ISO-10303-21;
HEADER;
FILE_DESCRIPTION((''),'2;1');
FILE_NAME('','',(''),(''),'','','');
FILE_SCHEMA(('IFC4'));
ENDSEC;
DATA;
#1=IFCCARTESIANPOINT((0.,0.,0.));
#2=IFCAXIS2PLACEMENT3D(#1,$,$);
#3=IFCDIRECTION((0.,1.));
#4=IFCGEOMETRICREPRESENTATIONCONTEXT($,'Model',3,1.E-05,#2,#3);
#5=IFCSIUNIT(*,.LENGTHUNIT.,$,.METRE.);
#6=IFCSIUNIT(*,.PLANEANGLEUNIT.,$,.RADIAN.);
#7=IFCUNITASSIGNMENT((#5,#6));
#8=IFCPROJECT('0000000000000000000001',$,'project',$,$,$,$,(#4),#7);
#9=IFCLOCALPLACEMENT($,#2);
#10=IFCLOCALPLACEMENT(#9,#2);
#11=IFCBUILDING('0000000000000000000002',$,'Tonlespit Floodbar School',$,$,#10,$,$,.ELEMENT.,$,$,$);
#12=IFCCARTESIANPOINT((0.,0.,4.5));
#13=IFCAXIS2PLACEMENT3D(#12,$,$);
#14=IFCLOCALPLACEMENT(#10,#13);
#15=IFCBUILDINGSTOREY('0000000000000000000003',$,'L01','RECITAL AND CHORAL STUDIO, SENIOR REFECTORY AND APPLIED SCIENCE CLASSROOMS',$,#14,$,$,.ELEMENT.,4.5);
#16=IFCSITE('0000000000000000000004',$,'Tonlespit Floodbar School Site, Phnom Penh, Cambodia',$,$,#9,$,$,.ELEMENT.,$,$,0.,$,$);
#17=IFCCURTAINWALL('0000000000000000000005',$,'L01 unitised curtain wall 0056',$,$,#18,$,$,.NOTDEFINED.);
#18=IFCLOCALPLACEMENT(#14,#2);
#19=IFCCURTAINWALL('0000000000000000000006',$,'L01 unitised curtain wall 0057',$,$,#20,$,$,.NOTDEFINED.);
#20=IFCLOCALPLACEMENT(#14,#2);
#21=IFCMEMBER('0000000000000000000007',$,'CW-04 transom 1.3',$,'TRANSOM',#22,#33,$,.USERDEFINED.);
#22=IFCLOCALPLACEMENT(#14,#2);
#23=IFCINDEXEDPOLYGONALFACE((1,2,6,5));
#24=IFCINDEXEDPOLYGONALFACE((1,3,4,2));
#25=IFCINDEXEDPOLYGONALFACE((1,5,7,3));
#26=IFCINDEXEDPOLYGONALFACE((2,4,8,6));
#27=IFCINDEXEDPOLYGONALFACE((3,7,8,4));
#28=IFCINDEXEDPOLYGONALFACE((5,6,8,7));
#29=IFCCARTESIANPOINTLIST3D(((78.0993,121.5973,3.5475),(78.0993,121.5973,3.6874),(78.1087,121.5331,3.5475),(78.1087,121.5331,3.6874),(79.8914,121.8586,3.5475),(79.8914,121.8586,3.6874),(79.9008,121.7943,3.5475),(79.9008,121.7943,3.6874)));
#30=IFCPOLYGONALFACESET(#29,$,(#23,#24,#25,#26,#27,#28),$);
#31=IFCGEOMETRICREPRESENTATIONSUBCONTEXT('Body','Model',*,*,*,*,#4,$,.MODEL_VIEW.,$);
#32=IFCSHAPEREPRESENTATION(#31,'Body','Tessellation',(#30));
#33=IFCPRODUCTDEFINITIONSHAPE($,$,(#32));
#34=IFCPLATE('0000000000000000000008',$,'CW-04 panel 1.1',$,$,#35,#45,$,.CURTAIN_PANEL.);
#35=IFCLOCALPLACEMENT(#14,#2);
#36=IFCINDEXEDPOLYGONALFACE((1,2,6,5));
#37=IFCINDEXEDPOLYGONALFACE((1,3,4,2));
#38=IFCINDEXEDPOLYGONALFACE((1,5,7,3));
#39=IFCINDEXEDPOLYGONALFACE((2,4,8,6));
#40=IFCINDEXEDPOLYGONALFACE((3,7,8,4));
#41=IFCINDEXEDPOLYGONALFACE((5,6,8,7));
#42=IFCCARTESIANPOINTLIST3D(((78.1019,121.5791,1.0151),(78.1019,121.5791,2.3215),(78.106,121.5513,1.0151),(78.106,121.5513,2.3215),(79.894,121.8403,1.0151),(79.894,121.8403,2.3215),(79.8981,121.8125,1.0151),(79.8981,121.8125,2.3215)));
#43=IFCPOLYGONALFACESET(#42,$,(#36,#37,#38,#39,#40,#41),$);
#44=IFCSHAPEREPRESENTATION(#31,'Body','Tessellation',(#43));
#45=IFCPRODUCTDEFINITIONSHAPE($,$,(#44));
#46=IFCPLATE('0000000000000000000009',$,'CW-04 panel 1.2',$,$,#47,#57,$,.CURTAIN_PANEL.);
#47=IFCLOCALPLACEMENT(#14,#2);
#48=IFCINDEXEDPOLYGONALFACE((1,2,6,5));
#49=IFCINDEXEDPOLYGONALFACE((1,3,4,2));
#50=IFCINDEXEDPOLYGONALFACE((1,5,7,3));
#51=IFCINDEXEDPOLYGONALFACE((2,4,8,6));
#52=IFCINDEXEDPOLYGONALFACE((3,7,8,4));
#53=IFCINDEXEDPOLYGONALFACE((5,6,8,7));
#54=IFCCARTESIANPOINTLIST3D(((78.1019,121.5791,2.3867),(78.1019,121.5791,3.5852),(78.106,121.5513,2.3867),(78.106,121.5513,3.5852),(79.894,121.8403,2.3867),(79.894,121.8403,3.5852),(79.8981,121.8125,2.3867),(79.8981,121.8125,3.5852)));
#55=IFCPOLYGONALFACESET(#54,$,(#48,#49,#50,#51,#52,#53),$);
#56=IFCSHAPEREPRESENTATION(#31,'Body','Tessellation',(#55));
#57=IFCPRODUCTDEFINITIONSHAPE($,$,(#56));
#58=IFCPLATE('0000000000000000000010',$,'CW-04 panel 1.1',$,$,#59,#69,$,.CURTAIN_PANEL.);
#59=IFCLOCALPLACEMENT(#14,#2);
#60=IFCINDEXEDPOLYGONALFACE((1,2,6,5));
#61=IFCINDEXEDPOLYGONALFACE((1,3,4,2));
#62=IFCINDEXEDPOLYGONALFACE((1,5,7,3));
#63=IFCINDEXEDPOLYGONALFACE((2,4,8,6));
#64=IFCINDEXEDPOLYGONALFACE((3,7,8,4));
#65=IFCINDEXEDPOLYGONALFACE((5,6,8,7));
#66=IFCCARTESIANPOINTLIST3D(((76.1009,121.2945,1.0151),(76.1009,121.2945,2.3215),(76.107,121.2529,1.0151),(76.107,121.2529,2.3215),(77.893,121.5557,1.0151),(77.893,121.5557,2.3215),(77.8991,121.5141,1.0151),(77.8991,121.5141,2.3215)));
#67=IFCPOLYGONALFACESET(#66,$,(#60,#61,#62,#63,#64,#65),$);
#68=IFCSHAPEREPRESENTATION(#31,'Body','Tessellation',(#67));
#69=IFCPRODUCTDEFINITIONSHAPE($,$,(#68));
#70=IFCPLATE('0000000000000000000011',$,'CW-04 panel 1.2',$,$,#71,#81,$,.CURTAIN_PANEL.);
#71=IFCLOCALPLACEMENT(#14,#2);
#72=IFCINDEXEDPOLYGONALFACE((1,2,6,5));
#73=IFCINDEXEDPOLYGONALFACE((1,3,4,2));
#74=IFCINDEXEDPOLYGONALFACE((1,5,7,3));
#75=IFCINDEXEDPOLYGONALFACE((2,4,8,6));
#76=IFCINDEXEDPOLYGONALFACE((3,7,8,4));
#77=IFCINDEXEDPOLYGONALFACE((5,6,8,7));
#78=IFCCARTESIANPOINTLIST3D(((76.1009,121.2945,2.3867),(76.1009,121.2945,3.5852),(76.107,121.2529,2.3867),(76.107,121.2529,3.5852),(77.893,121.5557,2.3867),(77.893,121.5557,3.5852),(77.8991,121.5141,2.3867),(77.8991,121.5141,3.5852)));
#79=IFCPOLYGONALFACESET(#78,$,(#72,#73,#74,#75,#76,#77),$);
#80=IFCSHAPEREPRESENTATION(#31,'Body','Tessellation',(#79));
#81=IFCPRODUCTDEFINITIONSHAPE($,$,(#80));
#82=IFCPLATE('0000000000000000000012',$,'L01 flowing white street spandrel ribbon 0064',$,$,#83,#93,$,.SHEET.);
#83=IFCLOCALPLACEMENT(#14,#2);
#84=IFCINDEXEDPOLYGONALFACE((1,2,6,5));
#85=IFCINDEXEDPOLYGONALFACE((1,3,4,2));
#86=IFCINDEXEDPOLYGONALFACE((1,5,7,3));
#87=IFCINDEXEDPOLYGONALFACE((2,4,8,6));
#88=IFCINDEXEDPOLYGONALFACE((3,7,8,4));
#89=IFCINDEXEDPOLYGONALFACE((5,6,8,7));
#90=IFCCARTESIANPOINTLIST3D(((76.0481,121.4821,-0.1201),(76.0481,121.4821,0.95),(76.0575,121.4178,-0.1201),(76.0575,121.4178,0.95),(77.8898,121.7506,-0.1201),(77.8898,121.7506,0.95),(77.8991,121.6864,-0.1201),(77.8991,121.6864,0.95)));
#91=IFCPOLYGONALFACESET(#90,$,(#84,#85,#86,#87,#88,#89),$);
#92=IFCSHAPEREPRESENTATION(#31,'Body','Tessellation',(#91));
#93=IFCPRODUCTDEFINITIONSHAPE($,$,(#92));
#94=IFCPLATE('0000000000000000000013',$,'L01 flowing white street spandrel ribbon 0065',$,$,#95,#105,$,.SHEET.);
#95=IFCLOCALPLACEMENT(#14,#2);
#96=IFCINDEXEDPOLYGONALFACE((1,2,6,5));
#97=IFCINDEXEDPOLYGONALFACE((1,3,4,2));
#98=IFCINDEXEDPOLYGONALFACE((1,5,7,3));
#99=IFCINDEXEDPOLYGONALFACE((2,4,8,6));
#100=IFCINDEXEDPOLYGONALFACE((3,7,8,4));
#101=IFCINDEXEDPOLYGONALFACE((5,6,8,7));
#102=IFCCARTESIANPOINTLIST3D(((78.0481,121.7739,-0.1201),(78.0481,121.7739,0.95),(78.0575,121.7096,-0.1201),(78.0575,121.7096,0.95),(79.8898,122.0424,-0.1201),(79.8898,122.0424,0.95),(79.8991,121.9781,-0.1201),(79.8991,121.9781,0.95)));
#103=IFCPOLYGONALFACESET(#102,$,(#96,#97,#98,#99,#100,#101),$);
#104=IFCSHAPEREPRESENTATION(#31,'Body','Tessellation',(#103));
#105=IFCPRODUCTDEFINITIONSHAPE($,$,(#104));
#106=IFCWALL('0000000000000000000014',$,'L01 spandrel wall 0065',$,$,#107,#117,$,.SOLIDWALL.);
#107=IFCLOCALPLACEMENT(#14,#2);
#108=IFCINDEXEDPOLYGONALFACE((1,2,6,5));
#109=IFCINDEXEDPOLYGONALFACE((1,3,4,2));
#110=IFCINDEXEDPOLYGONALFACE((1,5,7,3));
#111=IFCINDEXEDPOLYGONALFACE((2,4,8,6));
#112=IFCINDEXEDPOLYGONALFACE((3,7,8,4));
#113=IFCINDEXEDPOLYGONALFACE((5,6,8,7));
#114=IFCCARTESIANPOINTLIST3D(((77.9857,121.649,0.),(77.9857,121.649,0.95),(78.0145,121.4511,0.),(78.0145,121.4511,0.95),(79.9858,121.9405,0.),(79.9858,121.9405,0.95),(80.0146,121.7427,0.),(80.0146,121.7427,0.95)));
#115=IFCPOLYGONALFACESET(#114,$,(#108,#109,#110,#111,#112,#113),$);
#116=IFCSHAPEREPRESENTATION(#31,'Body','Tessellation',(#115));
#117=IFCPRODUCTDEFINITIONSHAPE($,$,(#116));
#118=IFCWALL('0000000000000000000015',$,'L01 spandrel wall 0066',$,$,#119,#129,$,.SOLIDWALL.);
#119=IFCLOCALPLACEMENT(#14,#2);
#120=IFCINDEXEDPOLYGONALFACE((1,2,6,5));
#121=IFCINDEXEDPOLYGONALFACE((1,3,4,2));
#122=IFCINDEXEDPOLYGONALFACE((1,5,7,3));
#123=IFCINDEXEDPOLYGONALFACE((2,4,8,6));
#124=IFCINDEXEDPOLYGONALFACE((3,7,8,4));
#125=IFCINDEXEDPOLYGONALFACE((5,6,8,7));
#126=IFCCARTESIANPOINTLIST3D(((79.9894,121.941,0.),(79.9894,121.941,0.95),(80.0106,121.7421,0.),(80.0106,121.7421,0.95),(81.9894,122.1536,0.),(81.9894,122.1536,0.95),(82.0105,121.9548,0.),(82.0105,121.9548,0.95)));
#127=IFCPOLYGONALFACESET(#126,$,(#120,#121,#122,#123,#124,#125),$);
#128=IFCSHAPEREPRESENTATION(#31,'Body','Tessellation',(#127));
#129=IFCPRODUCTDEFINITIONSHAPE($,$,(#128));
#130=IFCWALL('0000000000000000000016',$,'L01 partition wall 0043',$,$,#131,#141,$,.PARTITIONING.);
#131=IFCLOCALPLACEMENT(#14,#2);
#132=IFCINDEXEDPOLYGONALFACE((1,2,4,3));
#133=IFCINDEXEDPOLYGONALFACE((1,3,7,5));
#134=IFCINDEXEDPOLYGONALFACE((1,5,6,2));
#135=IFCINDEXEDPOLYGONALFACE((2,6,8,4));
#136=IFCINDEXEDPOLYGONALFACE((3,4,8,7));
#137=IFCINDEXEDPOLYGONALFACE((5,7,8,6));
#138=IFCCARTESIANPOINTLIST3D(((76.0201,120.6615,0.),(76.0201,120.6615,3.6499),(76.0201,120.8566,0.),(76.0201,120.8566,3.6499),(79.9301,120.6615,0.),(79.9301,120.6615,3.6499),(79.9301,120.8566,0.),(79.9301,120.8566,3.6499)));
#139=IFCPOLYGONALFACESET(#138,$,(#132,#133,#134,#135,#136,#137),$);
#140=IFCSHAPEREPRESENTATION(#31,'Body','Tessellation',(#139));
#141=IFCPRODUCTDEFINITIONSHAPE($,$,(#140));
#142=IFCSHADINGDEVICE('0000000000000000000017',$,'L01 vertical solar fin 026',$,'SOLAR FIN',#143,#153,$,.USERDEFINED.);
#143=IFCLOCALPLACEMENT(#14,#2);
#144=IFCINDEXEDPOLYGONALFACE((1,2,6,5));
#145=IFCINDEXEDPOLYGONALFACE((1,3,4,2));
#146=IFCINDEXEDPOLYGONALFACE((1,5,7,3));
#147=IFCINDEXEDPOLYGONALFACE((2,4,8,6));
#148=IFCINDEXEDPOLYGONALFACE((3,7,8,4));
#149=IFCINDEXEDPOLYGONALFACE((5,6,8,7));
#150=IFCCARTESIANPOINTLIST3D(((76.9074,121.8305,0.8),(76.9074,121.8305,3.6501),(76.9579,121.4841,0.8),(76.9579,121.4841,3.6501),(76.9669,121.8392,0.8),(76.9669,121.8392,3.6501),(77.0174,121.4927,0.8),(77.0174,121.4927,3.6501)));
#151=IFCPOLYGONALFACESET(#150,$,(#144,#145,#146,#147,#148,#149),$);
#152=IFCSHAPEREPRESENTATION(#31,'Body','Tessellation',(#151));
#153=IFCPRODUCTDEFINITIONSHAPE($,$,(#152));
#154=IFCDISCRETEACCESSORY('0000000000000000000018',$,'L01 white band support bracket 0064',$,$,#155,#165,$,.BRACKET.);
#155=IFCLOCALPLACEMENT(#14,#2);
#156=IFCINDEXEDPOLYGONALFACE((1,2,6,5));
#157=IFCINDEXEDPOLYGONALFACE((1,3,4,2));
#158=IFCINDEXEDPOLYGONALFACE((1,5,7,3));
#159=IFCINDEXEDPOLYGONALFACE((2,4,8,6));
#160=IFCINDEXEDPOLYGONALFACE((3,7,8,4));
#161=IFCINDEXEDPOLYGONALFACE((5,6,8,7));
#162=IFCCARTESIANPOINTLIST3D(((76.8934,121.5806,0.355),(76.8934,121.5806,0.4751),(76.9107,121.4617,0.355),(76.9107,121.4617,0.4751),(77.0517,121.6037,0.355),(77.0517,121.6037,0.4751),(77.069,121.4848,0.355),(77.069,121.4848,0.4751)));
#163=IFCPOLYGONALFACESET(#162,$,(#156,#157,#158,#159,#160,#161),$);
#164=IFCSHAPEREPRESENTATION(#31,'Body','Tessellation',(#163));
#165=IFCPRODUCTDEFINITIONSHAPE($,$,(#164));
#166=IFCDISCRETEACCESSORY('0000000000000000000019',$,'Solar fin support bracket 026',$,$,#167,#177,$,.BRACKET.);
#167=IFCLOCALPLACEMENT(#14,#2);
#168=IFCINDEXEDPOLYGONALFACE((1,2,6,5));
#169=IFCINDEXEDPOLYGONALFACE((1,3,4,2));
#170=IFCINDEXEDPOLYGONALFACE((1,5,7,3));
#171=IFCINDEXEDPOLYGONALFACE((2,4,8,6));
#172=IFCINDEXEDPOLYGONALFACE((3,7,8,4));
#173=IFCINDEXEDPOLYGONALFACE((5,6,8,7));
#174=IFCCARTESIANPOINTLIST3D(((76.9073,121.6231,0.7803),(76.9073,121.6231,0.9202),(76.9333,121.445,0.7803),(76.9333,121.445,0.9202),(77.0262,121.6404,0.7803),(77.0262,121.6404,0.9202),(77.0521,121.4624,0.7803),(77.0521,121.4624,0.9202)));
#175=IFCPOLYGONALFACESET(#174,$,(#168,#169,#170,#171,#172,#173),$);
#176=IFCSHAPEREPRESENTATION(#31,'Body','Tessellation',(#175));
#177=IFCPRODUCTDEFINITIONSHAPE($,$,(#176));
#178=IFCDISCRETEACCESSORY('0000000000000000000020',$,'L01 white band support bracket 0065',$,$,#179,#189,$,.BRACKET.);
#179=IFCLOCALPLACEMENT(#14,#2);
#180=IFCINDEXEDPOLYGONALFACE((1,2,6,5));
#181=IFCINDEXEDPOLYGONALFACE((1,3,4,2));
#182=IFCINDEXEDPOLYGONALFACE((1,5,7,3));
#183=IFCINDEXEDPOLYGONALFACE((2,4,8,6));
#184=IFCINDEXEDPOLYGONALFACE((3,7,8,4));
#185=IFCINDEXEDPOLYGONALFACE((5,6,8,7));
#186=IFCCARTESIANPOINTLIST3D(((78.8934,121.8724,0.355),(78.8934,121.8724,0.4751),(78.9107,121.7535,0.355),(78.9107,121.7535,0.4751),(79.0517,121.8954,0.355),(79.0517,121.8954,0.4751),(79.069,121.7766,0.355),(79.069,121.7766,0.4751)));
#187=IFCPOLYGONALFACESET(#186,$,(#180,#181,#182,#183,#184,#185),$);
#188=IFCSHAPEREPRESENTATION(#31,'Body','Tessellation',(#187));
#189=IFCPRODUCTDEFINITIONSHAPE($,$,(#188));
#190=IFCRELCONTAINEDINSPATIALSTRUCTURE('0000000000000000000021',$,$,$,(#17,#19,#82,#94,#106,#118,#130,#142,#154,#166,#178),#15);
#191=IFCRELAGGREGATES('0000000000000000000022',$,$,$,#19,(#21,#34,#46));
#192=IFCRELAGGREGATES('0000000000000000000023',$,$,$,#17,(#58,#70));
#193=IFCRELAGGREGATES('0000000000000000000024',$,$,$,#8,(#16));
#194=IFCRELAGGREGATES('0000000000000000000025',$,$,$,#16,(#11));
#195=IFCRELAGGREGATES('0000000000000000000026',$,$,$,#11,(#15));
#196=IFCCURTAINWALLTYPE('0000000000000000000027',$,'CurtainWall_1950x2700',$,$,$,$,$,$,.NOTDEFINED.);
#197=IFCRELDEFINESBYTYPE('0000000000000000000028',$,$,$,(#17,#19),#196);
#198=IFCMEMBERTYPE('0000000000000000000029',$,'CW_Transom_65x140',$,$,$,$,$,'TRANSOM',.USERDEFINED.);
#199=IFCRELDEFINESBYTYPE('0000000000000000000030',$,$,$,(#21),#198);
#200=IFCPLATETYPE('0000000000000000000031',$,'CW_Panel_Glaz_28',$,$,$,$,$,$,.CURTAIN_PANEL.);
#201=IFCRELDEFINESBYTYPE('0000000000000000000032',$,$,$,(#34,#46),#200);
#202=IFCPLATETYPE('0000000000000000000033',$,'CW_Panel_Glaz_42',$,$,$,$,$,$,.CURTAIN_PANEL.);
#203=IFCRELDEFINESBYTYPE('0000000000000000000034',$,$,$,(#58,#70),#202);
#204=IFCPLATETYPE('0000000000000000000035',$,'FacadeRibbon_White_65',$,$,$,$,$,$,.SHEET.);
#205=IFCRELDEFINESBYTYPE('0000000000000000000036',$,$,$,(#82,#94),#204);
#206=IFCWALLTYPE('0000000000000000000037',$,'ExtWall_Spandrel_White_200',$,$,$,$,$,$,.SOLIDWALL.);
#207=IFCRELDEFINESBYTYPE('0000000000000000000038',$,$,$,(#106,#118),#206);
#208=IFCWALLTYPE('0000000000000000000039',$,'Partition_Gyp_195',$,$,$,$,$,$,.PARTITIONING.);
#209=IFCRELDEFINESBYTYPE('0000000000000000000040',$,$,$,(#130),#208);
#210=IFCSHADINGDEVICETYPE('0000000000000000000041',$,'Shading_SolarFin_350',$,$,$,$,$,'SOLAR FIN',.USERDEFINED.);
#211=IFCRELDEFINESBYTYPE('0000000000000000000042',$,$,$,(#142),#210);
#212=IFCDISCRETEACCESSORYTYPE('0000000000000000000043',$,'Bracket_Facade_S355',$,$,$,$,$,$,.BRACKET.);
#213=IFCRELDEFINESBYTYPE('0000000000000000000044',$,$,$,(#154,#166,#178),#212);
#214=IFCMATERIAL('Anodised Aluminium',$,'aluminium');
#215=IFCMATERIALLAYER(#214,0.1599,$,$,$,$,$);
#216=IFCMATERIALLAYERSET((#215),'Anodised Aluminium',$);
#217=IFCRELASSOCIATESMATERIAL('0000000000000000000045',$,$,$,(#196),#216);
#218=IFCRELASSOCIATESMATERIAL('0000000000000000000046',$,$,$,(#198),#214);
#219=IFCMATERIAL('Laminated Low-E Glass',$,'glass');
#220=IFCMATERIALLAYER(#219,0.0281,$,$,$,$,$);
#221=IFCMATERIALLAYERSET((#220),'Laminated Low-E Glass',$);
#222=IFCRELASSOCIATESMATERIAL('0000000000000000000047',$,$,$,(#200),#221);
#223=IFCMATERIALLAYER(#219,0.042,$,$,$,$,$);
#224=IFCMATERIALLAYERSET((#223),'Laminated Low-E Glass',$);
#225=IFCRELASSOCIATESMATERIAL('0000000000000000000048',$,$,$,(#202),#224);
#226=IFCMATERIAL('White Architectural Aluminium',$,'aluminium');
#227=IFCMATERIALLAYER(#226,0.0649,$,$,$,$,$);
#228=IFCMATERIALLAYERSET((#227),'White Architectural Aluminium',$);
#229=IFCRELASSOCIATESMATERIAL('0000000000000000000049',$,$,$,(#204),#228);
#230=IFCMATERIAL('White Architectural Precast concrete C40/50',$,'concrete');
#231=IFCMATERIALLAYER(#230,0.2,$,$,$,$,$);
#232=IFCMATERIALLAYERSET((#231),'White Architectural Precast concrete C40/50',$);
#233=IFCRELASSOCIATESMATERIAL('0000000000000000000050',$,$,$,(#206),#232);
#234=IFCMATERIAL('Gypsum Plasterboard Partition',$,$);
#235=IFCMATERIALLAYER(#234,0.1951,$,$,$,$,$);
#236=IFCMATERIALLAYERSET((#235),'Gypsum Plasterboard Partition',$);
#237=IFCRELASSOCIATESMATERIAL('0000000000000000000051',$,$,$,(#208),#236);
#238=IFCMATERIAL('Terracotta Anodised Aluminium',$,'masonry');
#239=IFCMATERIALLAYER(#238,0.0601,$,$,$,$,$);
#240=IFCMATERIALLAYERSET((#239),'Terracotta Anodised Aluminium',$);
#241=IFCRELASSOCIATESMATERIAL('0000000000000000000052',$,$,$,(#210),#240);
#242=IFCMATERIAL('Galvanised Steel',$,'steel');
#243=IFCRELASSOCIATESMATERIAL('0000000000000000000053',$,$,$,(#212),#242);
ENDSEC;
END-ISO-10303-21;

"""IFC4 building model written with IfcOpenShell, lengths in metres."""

from ifc_helpers import new_model, si_unit, direction, frame, frame_2d, origin, origin_2d, place, context, subcontext, project, spatial, rectangle, extrude, material, layer, layer_set, material_profile, profile_set, type_object, element, aggregate, save


model = new_model("IFC4")

# Units and contexts
model_context = context("Model", 3, precision=1e-05, world=origin(), true_north=direction((0.0, 1.0)))
body_context = subcontext(model_context, "Body", "Model", "MODEL_VIEW")
ifc_project = project(units=[si_unit("LENGTHUNIT", "METRE"), si_unit("PLANEANGLEUNIT", "RADIAN")], contexts=[model_context])

# Site, building, storey
site_placement = place(None, origin())
site = spatial("IfcSite", under=ifc_project, at=site_placement, Name="Tonlespit Floodbar School Site, Phnom Penh, Cambodia", CompositionType="ELEMENT", RefElevation=0.0)
building_placement = place(site_placement, origin())
building = spatial("IfcBuilding", under=site, at=building_placement, Name="Tonlespit Floodbar School", CompositionType="ELEMENT")
storey_placement = place(building_placement, frame((0.0, 0.0, 4.5)))
storey = spatial("IfcBuildingStorey", under=building, at=storey_placement, Name="L01", Description="RECITAL AND CHORAL STUDIO, SENIOR REFECTORY AND APPLIED SCIENCE CLASSROOMS", CompositionType="ELEMENT", Elevation=4.5)

# Curtain wall
ifc_material_1 = material(Name="Anodised Aluminium", Category="aluminium")
ifc_layer_1 = layer(ifc_material_1, 0.1599)
ifc_layer_set_1 = layer_set([ifc_layer_1], Name="Anodised Aluminium")
curtain_wall_type = type_object("IfcCurtainWallType", Name="CurtainWall_1950x2700", PredefinedType="NOTDEFINED", material=ifc_layer_set_1)
curtain_wall_1_placement = place(storey_placement, origin())
curtain_wall_1 = element("IfcCurtainWall", 1, at=curtain_wall_1_placement, inside=storey, type_object=curtain_wall_type, Name="L01 unitised curtain wall 0056", PredefinedType="NOTDEFINED")

# Curtain wall
curtain_wall_2_placement = place(storey_placement, origin())
curtain_wall_2 = element("IfcCurtainWall", 2, at=curtain_wall_2_placement, inside=storey, type_object=curtain_wall_type, Name="L01 unitised curtain wall 0057", PredefinedType="NOTDEFINED")

# Member
ifc_material_profile_1 = material_profile(ifc_material_1, rectangle(XDim=0.0649, YDim=0.1399, at=origin_2d()), Name="ALU T65x140")
ifc_profile_set_1 = profile_set([ifc_material_profile_1], Name="Anodised Aluminium")
member_type_1 = type_object("IfcMemberType", Name="CW_Transom_65x140", ElementType="TRANSOM", PredefinedType="USERDEFINED", material=ifc_profile_set_1)
member_1_placement = place(storey_placement, frame((78.104, 121.5652, 3.6174), z_axis=(0.989541, 0.144252, 0.0), x_axis=(-0.144252, 0.989541, 0.0)))
member_1 = element("IfcMember", 3, at=member_1_placement, type_object=member_type_1, Name="CW-04 transom 1.3", ObjectType="TRANSOM", PredefinedType="USERDEFINED", context=body_context, shape_type="SweptSolid", body=[
    extrude(rectangle(XDim=0.0649, YDim=0.1399, at=origin_2d()), origin(), (0.0, 0.0, 1.0), 1.811),
])

# Plates
ifc_material_2 = material(Name="Laminated Low-E Glass", Category="glass")
ifc_layer_2 = layer(ifc_material_2, 0.0281)
ifc_layer_set_2 = layer_set([ifc_layer_2], Name="Laminated Low-E Glass")
plate_type_1 = type_object("IfcPlateType", Name="CW_Panel_Glaz_28", PredefinedType="CURTAIN_PANEL", material=ifc_layer_set_2)
plate_1_placement = place(storey_placement, frame((79.0, 121.6958, 1.0151), z_axis=(0.0, 0.0, 1.0), x_axis=(0.989542, 0.144248, 0.0)))
plate_1 = element("IfcPlate", 4, at=plate_1_placement, type_object=plate_type_1, Name="CW-04 panel 1.1", PredefinedType="CURTAIN_PANEL", context=body_context, shape_type="SweptSolid", body=[
    extrude(rectangle(XDim=1.811, YDim=0.0281, at=origin_2d()), origin(), (0.0, 0.0, 1.0), 1.3064),
])
plate_2_placement = place(storey_placement, frame((79.0, 121.6958, 2.3867), z_axis=(0.0, 0.0, 1.0), x_axis=(0.989542, 0.144248, 0.0)))
plate_2 = element("IfcPlate", 5, at=plate_2_placement, type_object=plate_type_1, Name="CW-04 panel 1.2", PredefinedType="CURTAIN_PANEL", context=body_context, shape_type="SweptSolid", body=[
    extrude(rectangle(XDim=1.811, YDim=0.0281, at=origin_2d()), origin(), (0.0, 0.0, 1.0), 1.1985),
])
aggregate(curtain_wall_2, [member_1, plate_1, plate_2])
ifc_layer_3 = layer(ifc_material_2, 0.042)
ifc_layer_set_3 = layer_set([ifc_layer_3], Name="Laminated Low-E Glass")
plate_type_2 = type_object("IfcPlateType", Name="CW_Panel_Glaz_42", PredefinedType="CURTAIN_PANEL", material=ifc_layer_set_3)
plate_3_placement = place(storey_placement, frame((77.0, 121.4043, 1.0151), z_axis=(0.0, 0.0, 1.0), x_axis=(0.989542, 0.144248, 0.0)))
plate_3 = element("IfcPlate", 6, at=plate_3_placement, type_object=plate_type_2, Name="CW-04 panel 1.1", PredefinedType="CURTAIN_PANEL", context=body_context, shape_type="SweptSolid", body=[
    extrude(rectangle(XDim=1.811, YDim=0.042, at=origin_2d()), origin(), (0.0, 0.0, 1.0), 1.3064),
])
plate_4_placement = place(storey_placement, frame((77.0, 121.4043, 2.3867), z_axis=(0.0, 0.0, 1.0), x_axis=(0.989542, 0.144248, 0.0)))
plate_4 = element("IfcPlate", 7, at=plate_4_placement, type_object=plate_type_2, Name="CW-04 panel 1.2", PredefinedType="CURTAIN_PANEL", context=body_context, shape_type="SweptSolid", body=[
    extrude(rectangle(XDim=1.811, YDim=0.042, at=origin_2d()), origin(), (0.0, 0.0, 1.0), 1.1985),
])
aggregate(curtain_wall_1, [plate_3, plate_4])

# Plates
ifc_material_3 = material(Name="White Architectural Aluminium", Category="aluminium")
ifc_layer_4 = layer(ifc_material_3, 0.0649)
ifc_layer_set_4 = layer_set([ifc_layer_4], Name="White Architectural Aluminium")
plate_type_3 = type_object("IfcPlateType", Name="FacadeRibbon_White_65", PredefinedType="SHEET", material=ifc_layer_set_4)
for number, where, z_axis, x_axis, name in (
    (8, (76.9736, 121.5842, -0.1201), (0.0, 0.0, 1.0), (0.989538, 0.144275, 0.0), "L01 flowing white street spandrel ribbon 0064"),
    (9, (78.9736, 121.876, -0.1201), (0.0, 0.0, 1.0), (0.989538, 0.144275, 0.0), "L01 flowing white street spandrel ribbon 0065"),
):
    element("IfcPlate", number, at=place(storey_placement, frame(where, z_axis=z_axis, x_axis=x_axis)), inside=storey, type_object=plate_type_3, Name=name, PredefinedType="SHEET", context=body_context, shape_type="SweptSolid", body=[
        extrude(rectangle(XDim=1.8611, YDim=0.0649, at=origin_2d()), origin(), (0.0, 0.0, 1.0), 1.0701),
    ])

# Walls
ifc_material_4 = material(Name="White Architectural Precast concrete C40/50", Category="concrete")
ifc_layer_5 = layer(ifc_material_4, 0.2)
ifc_layer_set_5 = layer_set([ifc_layer_5], Name="White Architectural Precast concrete C40/50")
wall_type_1 = type_object("IfcWallType", Name="ExtWall_Spandrel_White_200", PredefinedType="SOLIDWALL", material=ifc_layer_set_5)
wall_1_placement = place(storey_placement, frame((78.0, 121.55, 0.0), z_axis=(0.0, 0.0, 1.0), x_axis=(0.989544, 0.144228, 0.0)))
element("IfcWall", 10, at=wall_1_placement, inside=storey, type_object=wall_type_1, Name="L01 spandrel wall 0065", PredefinedType="SOLIDWALL", context=body_context, shape_type="SweptSolid", body=[
    extrude(rectangle(XDim=2.0212, YDim=0.2, at=frame_2d((1.0107, 0.0))), origin(), (0.0, 0.0, 1.0), 0.95),
])
wall_2_placement = place(storey_placement, frame((80.0, 121.8416, 0.0), z_axis=(0.0, 0.0, 1.0), x_axis=(0.994395, 0.105727, 0.0)))
element("IfcWall", 11, at=wall_2_placement, inside=storey, type_object=wall_type_1, Name="L01 spandrel wall 0066", PredefinedType="SOLIDWALL", context=body_context, shape_type="SweptSolid", body=[
    extrude(rectangle(XDim=2.0112, YDim=0.2, at=frame_2d((1.0056, 0.0))), origin(), (0.0, 0.0, 1.0), 0.95),
])
ifc_material_5 = material(Name="Gypsum Plasterboard Partition")
ifc_layer_6 = layer(ifc_material_5, 0.1951)
ifc_layer_set_6 = layer_set([ifc_layer_6], Name="Gypsum Plasterboard Partition")
wall_type_2 = type_object("IfcWallType", Name="Partition_Gyp_195", PredefinedType="PARTITIONING", material=ifc_layer_set_6)
wall_3_placement = place(storey_placement, frame((76.02, 120.759, 0.0), z_axis=(0.0, 0.0, 1.0), x_axis=(1.0, 0.0, 0.0)))
element("IfcWall", 12, at=wall_3_placement, inside=storey, type_object=wall_type_2, Name="L01 partition wall 0043", PredefinedType="PARTITIONING", context=body_context, shape_type="SweptSolid", body=[
    extrude(rectangle(XDim=3.9099, YDim=0.1951, at=frame_2d((1.9551, 0.0))), origin(), (0.0, 0.0, 1.0), 3.6499),
])

# Shading device
ifc_material_6 = material(Name="Terracotta Anodised Aluminium", Category="masonry")
ifc_layer_7 = layer(ifc_material_6, 0.0601)
ifc_layer_set_7 = layer_set([ifc_layer_7], Name="Terracotta Anodised Aluminium")
shading_device_type = type_object("IfcShadingDeviceType", Name="Shading_SolarFin_350", ElementType="SOLAR FIN", PredefinedType="USERDEFINED", material=ifc_layer_set_7)
shading_device_placement = place(storey_placement, frame((76.9624, 121.6616, 0.8), z_axis=(0.0, 0.0, 1.0), x_axis=(0.989538, 0.144275, 0.0)))
element("IfcShadingDevice", 13, at=shading_device_placement, inside=storey, type_object=shading_device_type, Name="L01 vertical solar fin 026", ObjectType="SOLAR FIN", PredefinedType="USERDEFINED", context=body_context, shape_type="SweptSolid", body=[
    extrude(rectangle(XDim=0.0601, YDim=0.3501, at=origin_2d()), origin(), (0.0, 0.0, 1.0), 2.8501),
])

# Discrete accessories
ifc_material_7 = material(Name="Galvanised Steel", Category="steel")
discrete_accessory_type = type_object("IfcDiscreteAccessoryType", Name="Bracket_Facade_S355", PredefinedType="BRACKET", material=ifc_material_7)
discrete_accessory_1_placement = place(storey_placement, frame((76.9812, 121.5327, 0.355), z_axis=(0.0, 0.0, 1.0), x_axis=(0.989538, 0.144275, 0.0)))
element("IfcDiscreteAccessory", 14, at=discrete_accessory_1_placement, inside=storey, type_object=discrete_accessory_type, Name="L01 white band support bracket 0064", PredefinedType="BRACKET", context=body_context, shape_type="SweptSolid", body=[
    extrude(rectangle(XDim=0.1599, YDim=0.1201, at=origin_2d()), origin(), (0.0, 0.0, 1.0), 0.1201),
])
discrete_accessory_2_placement = place(storey_placement, frame((76.9797, 121.5427, 0.7803), z_axis=(0.0, 0.0, 1.0), x_axis=(0.989538, 0.144275, 0.0)))
element("IfcDiscreteAccessory", 15, at=discrete_accessory_2_placement, inside=storey, type_object=discrete_accessory_type, Name="Solar fin support bracket 026", PredefinedType="BRACKET", context=body_context, shape_type="SweptSolid", body=[
    extrude(rectangle(XDim=0.1201, YDim=0.1799, at=origin_2d()), origin(), (0.0, 0.0, 1.0), 0.1399),
])
discrete_accessory_3_placement = place(storey_placement, frame((78.9812, 121.8245, 0.355), z_axis=(0.0, 0.0, 1.0), x_axis=(0.989538, 0.144275, 0.0)))
element("IfcDiscreteAccessory", 16, at=discrete_accessory_3_placement, inside=storey, type_object=discrete_accessory_type, Name="L01 white band support bracket 0065", PredefinedType="BRACKET", context=body_context, shape_type="SweptSolid", body=[
    extrude(rectangle(XDim=0.1599, YDim=0.1201, at=origin_2d()), origin(), (0.0, 0.0, 1.0), 0.1201),
])

save(model, "model.ifc")
